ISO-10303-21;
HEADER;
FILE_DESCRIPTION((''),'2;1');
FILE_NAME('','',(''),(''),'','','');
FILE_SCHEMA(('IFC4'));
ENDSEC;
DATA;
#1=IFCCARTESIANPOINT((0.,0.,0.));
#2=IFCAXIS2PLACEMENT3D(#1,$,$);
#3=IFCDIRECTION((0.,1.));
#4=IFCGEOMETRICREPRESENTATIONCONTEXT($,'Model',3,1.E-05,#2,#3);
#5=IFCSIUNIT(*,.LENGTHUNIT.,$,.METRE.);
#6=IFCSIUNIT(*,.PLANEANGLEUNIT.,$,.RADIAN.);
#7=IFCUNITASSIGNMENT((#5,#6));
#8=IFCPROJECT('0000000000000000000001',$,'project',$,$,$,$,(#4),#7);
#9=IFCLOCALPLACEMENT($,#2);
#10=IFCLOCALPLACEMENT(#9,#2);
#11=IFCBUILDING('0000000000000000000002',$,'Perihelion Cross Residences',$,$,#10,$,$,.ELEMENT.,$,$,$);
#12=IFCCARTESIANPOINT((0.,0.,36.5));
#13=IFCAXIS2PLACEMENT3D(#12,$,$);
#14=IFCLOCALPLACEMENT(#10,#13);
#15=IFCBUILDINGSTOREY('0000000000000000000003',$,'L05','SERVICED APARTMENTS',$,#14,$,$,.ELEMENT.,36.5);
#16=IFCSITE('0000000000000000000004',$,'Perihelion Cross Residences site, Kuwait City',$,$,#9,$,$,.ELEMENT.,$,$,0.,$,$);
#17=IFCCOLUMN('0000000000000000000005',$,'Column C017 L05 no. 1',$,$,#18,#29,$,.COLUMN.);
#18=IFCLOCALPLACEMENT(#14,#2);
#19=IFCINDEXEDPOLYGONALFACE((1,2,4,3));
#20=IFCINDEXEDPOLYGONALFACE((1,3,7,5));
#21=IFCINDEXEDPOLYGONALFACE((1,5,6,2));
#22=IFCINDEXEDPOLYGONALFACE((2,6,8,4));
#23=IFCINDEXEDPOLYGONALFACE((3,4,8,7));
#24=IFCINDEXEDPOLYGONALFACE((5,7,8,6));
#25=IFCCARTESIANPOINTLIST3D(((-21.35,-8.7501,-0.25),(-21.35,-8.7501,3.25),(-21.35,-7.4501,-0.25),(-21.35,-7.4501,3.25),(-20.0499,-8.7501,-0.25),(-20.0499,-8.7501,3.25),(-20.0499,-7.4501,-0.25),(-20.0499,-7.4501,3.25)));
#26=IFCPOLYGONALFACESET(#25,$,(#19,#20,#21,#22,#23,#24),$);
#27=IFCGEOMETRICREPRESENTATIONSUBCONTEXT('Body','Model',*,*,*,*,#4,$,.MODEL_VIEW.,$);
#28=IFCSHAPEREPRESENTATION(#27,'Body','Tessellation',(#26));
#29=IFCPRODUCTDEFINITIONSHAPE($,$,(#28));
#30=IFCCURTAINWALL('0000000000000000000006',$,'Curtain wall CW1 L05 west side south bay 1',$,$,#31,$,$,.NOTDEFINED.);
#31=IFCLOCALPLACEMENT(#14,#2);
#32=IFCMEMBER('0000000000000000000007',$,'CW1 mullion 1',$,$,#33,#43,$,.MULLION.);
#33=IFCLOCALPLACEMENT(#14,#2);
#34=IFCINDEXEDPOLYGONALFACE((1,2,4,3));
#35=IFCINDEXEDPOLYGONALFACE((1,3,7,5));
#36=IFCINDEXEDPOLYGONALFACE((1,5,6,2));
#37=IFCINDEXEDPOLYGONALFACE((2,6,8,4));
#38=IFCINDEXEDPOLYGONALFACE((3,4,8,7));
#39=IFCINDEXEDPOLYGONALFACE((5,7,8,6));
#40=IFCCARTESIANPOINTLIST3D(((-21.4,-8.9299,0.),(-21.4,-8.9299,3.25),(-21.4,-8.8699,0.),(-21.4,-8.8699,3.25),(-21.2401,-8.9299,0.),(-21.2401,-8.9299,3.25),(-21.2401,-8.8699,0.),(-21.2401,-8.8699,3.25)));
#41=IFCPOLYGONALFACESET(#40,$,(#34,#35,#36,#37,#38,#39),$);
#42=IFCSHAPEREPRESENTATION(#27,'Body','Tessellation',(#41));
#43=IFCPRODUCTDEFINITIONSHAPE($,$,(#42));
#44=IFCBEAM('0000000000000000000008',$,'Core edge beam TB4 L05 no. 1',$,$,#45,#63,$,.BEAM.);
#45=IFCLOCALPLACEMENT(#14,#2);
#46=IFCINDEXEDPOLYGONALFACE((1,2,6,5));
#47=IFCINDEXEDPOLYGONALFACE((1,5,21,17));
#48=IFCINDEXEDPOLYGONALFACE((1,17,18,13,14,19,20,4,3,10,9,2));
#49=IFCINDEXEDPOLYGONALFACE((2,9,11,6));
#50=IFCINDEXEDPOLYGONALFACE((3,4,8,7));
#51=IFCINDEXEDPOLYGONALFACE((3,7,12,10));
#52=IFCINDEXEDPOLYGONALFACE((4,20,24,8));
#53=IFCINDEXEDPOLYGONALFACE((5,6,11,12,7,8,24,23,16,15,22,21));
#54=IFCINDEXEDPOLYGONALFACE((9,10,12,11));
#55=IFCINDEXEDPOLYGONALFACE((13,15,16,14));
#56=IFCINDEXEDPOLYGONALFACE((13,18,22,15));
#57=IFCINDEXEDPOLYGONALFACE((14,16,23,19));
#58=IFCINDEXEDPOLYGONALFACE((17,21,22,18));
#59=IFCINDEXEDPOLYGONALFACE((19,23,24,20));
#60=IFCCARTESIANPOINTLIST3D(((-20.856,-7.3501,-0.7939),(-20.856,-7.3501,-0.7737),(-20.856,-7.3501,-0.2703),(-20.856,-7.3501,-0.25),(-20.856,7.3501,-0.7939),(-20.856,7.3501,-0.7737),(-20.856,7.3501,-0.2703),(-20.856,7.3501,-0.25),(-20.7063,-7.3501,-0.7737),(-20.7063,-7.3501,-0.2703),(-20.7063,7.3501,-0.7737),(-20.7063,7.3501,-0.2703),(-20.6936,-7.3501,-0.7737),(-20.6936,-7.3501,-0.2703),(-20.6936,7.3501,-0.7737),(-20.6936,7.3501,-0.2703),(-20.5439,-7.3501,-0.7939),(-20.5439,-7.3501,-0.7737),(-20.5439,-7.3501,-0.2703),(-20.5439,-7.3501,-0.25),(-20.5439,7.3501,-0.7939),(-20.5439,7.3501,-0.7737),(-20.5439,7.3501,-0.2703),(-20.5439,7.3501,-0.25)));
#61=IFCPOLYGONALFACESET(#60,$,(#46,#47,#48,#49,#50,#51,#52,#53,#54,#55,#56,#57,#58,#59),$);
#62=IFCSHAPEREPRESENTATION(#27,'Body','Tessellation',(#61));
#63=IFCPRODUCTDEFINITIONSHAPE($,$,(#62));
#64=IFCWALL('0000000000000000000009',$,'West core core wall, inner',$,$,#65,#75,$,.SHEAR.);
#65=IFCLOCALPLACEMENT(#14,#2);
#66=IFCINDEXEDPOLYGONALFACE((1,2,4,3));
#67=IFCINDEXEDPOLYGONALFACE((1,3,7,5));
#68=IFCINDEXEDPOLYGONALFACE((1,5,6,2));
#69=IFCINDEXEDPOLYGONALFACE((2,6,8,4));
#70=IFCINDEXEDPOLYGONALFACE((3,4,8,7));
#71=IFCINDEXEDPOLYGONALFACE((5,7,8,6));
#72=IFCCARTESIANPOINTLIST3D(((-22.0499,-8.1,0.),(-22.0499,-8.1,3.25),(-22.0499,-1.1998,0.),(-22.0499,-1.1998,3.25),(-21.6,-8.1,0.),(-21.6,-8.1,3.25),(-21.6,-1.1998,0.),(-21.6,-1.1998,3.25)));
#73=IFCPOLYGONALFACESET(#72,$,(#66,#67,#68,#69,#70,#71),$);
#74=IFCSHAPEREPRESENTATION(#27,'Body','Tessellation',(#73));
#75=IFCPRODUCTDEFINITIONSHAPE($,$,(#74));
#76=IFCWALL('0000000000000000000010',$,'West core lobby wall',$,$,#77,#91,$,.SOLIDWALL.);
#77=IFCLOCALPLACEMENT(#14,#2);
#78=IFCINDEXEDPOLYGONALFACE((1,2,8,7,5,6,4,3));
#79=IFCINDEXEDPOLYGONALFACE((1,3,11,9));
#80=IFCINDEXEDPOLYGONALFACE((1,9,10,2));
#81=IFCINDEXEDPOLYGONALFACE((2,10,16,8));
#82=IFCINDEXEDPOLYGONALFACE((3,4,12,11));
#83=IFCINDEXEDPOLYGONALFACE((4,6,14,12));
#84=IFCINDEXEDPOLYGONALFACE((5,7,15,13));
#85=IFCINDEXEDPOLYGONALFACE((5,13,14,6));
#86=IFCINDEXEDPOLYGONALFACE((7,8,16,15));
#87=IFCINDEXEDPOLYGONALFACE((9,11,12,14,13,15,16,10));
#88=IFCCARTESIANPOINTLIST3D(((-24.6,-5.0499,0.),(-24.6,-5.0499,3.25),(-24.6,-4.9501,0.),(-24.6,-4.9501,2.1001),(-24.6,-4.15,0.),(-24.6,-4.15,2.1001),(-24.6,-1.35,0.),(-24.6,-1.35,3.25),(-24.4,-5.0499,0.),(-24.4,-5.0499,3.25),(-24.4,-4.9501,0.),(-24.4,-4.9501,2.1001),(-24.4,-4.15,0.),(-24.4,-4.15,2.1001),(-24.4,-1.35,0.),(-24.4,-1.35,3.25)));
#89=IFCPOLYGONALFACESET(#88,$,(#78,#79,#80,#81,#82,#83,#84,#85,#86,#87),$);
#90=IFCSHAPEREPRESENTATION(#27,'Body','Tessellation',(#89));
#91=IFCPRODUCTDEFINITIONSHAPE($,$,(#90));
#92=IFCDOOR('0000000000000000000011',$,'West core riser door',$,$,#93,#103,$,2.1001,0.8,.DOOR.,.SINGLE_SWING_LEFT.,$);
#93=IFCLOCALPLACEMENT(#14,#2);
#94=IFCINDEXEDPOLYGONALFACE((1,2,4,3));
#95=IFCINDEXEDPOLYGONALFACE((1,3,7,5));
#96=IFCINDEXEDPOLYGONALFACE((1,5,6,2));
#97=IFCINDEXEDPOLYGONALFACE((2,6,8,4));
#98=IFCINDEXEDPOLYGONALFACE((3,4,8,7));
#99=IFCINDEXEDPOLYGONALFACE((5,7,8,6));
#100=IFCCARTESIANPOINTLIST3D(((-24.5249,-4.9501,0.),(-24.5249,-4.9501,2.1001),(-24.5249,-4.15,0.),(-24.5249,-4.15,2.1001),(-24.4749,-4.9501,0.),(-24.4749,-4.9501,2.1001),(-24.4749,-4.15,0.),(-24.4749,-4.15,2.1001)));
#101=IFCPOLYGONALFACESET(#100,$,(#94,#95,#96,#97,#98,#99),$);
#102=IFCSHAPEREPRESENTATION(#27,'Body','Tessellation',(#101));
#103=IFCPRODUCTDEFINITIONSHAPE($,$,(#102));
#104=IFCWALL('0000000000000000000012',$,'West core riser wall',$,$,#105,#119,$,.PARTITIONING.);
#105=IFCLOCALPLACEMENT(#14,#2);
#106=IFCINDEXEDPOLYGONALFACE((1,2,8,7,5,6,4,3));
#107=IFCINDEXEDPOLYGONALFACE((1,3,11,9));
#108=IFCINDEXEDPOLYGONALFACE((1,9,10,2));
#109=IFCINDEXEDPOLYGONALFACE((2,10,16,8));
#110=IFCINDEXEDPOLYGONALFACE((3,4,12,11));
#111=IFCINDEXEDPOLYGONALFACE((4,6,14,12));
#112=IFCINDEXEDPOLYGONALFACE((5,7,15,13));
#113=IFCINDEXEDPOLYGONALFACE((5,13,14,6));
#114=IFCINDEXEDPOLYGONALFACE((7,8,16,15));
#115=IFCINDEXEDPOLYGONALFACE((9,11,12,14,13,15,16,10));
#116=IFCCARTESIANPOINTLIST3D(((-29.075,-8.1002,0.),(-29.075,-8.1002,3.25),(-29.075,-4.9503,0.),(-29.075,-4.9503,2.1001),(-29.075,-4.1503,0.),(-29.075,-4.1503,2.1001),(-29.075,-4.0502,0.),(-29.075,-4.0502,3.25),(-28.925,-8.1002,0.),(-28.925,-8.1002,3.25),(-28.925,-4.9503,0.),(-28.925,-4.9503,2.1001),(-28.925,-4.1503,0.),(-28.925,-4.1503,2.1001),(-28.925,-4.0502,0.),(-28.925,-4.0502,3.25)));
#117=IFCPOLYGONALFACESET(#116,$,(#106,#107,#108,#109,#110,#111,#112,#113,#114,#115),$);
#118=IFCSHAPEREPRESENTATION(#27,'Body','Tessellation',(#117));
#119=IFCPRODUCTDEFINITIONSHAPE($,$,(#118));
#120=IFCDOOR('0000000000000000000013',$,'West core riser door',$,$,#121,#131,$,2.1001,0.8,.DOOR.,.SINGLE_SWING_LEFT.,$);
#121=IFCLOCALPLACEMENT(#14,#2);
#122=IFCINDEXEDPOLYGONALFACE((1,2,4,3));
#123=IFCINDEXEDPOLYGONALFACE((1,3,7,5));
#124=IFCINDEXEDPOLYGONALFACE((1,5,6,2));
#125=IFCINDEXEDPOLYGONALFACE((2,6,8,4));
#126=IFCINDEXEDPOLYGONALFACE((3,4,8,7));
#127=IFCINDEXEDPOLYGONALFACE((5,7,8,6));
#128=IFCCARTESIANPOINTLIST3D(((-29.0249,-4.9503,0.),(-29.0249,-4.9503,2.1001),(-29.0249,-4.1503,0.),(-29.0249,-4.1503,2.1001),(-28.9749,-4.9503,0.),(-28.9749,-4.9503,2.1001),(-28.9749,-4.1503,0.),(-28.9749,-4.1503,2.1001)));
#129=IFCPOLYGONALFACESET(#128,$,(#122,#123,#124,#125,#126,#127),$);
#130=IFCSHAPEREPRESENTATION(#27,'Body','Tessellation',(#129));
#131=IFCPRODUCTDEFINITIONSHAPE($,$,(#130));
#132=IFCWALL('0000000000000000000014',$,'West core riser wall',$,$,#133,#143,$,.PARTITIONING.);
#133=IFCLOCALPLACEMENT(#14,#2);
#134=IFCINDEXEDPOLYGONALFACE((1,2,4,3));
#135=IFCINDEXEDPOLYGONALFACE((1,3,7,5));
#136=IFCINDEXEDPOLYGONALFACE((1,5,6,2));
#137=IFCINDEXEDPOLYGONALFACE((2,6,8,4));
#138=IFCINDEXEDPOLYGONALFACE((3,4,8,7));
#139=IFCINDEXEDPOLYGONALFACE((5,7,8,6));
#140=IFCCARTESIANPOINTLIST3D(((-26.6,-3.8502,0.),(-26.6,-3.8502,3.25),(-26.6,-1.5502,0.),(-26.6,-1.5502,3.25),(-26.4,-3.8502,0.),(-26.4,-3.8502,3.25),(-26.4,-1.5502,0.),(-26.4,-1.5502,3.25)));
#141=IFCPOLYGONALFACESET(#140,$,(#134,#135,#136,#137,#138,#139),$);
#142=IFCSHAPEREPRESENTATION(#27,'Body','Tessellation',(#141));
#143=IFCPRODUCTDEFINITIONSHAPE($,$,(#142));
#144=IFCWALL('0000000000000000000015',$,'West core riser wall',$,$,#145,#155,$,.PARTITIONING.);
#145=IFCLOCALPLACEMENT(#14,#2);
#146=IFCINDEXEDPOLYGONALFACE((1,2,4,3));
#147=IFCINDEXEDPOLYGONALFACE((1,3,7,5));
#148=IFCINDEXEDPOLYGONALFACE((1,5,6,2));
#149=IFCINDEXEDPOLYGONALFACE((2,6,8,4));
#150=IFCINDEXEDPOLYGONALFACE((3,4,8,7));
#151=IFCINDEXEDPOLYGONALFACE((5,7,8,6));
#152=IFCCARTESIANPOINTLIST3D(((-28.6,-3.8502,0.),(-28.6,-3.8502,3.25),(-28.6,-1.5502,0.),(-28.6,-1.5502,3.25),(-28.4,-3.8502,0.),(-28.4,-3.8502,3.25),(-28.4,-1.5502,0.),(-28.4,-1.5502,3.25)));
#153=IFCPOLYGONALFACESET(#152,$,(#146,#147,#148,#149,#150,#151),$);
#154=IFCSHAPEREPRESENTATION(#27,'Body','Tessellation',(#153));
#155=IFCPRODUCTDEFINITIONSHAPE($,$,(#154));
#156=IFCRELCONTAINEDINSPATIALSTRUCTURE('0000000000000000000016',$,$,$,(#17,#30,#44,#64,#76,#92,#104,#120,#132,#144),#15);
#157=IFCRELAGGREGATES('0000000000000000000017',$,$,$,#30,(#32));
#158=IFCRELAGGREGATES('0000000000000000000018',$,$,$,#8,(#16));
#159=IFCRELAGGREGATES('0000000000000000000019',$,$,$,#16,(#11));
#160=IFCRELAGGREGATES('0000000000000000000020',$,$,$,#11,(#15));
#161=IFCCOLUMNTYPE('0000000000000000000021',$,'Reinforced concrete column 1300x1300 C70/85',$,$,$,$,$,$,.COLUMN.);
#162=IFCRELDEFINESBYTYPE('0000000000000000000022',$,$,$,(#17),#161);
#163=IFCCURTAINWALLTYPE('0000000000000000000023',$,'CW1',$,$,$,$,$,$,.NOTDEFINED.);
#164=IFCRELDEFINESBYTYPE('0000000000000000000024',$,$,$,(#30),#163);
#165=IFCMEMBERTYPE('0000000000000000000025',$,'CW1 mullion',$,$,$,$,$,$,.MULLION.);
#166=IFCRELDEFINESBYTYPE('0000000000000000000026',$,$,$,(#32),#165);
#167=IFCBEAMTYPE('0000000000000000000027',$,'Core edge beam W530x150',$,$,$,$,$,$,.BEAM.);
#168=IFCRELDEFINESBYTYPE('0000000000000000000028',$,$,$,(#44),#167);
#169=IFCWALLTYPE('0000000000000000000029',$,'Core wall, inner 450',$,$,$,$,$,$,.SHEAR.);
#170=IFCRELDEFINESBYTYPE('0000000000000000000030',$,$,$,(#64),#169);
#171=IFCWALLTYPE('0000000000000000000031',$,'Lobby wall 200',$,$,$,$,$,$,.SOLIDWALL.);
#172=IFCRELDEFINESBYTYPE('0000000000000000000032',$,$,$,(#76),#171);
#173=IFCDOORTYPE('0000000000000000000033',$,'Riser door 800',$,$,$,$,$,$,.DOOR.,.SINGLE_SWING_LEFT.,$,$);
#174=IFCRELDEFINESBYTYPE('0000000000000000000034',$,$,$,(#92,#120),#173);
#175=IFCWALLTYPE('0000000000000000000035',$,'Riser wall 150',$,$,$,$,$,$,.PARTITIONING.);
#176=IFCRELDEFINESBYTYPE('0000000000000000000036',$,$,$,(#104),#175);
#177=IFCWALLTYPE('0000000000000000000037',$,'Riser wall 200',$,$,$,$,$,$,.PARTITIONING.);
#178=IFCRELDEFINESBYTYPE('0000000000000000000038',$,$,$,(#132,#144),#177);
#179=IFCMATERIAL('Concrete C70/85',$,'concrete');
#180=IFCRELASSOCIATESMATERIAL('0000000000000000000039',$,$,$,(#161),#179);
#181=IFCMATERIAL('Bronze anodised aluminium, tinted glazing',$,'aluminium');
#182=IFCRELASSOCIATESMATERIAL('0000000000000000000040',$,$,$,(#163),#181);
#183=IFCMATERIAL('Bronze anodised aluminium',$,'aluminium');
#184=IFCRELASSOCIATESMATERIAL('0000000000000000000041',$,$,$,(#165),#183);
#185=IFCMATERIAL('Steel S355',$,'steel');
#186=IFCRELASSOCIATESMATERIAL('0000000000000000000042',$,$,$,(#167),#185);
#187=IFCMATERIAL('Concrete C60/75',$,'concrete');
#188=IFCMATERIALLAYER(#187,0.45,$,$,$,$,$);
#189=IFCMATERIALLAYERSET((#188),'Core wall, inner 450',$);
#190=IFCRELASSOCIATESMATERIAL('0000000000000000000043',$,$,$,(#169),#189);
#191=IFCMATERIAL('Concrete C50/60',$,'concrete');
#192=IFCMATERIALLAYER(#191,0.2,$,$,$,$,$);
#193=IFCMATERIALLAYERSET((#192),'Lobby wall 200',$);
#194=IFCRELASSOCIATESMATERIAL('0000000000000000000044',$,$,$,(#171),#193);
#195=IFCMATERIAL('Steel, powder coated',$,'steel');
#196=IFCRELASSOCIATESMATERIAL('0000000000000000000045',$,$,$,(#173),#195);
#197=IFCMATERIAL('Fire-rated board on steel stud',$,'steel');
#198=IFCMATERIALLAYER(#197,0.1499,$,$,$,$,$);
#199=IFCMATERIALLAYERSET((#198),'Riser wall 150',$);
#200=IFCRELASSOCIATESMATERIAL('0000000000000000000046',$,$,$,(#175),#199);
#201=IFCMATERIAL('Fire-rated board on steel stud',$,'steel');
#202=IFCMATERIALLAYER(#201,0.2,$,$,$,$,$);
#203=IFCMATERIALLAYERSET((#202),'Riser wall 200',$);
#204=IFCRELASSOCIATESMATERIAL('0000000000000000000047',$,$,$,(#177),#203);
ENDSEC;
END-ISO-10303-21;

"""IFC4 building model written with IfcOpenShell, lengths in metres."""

from ifc_helpers import new_model, si_unit, direction, frame, frame_2d, origin, origin_2d, place, context, subcontext, project, spatial, rectangle, i_section, extrude, material, layer, layer_set, material_profile, profile_set, type_object, element, fill, aggregate, save


model = new_model("IFC4")

# Units and contexts
model_context = context("Model", 3, precision=1e-05, world=origin(), true_north=direction((0.0, 1.0)))
body_context = subcontext(model_context, "Body", "Model", "MODEL_VIEW")
ifc_project = project(units=[si_unit("LENGTHUNIT", "METRE"), si_unit("PLANEANGLEUNIT", "RADIAN")], contexts=[model_context])

# Site, building, storey
site_placement = place(None, origin())
site = spatial("IfcSite", under=ifc_project, at=site_placement, Name="Perihelion Cross Residences site, Kuwait City", CompositionType="ELEMENT", RefElevation=0.0)
building_placement = place(site_placement, origin())
building = spatial("IfcBuilding", under=site, at=building_placement, Name="Perihelion Cross Residences", CompositionType="ELEMENT")
storey_placement = place(building_placement, frame((0.0, 0.0, 36.5)))
storey = spatial("IfcBuildingStorey", under=building, at=storey_placement, Name="L05", Description="SERVICED APARTMENTS", CompositionType="ELEMENT", Elevation=36.5)

# Column
ifc_material_1 = material(Name="Concrete C70/85", Category="concrete")
ifc_material_profile_1 = material_profile(ifc_material_1, rectangle(XDim=1.3, YDim=1.3, at=origin_2d()), Name="RC 1300x1300")
ifc_profile_set_1 = profile_set([ifc_material_profile_1], Name="Concrete C70/85")
column_type = type_object("IfcColumnType", Name="Reinforced concrete column 1300x1300 C70/85", PredefinedType="COLUMN", material=ifc_profile_set_1)
column_placement = place(storey_placement, frame((-20.7, -8.1001, -0.25), z_axis=(0.0, 0.0, 1.0), x_axis=(1.0, 0.0, 0.0)))
element("IfcColumn", 1, at=column_placement, inside=storey, type_object=column_type, Name="Column C017 L05 no. 1", PredefinedType="COLUMN", context=body_context, shape_type="SweptSolid", body=[
    extrude(rectangle(XDim=1.3, YDim=1.3, at=origin_2d()), origin(), (0.0, 0.0, 1.0), 3.5),
])

# Curtain wall, member
ifc_material_2 = material(Name="Bronze anodised aluminium, tinted glazing", Category="aluminium")
curtain_wall_type = type_object("IfcCurtainWallType", Name="CW1", PredefinedType="NOTDEFINED", material=ifc_material_2)
curtain_wall_placement = place(storey_placement, origin())
curtain_wall = element("IfcCurtainWall", 2, at=curtain_wall_placement, inside=storey, type_object=curtain_wall_type, Name="Curtain wall CW1 L05 west side south bay 1", PredefinedType="NOTDEFINED")
ifc_material_3 = material(Name="Bronze anodised aluminium", Category="aluminium")
ifc_material_profile_2 = material_profile(ifc_material_3, rectangle(XDim=0.0601, YDim=0.1599, at=origin_2d()), Name="CW1 mullion")
ifc_profile_set_2 = profile_set([ifc_material_profile_2], Name="Bronze anodised aluminium")
member_type = type_object("IfcMemberType", Name="CW1 mullion", PredefinedType="MULLION", material=ifc_profile_set_2)
member_placement = place(storey_placement, frame((-21.3201, -8.8999, 0.0), z_axis=(0.0, 0.0, 1.0), x_axis=(0.0, 1.0, 0.0)))
member = element("IfcMember", 3, at=member_placement, type_object=member_type, Name="CW1 mullion 1", PredefinedType="MULLION", context=body_context, shape_type="SweptSolid", body=[
    extrude(rectangle(XDim=0.0601, YDim=0.1599, at=origin_2d()), origin(), (0.0, 0.0, 1.0), 3.25),
])
aggregate(curtain_wall, [member])

# Beam
ifc_material_4 = material(Name="Steel S355", Category="steel")
ifc_material_profile_3 = material_profile(ifc_material_4, i_section(OverallWidth=0.312, OverallDepth=0.5439, WebThickness=0.0127, FlangeThickness=0.0203, at=origin_2d()), Name="W530x150")
ifc_profile_set_3 = profile_set([ifc_material_profile_3], Name="Steel S355")
beam_type = type_object("IfcBeamType", Name="Core edge beam W530x150", PredefinedType="BEAM", material=ifc_profile_set_3)
beam_placement = place(storey_placement, frame((-20.7, -7.3501, -0.522), z_axis=(0.0, 1.0, 0.0), x_axis=(-1.0, 0.0, 0.0)))
element("IfcBeam", 4, at=beam_placement, inside=storey, type_object=beam_type, Name="Core edge beam TB4 L05 no. 1", PredefinedType="BEAM", context=body_context, shape_type="SweptSolid", body=[
    extrude(i_section(OverallWidth=0.312, OverallDepth=0.5439, WebThickness=0.0127, FlangeThickness=0.0203, at=origin_2d()), origin(), (0.0, 0.0, 1.0), 14.7002),
])

# Wall
ifc_material_5 = material(Name="Concrete C60/75", Category="concrete")
ifc_layer_1 = layer(ifc_material_5, 0.45)
ifc_layer_set_1 = layer_set([ifc_layer_1], Name="Core wall, inner 450")
wall_type_1 = type_object("IfcWallType", Name="Core wall, inner 450", PredefinedType="SHEAR", material=ifc_layer_set_1)
wall_1_placement = place(storey_placement, frame((-21.825, -8.1001, 0.0), z_axis=(0.0, 0.0, 1.0), x_axis=(0.0, 1.0, 0.0)))
element("IfcWall", 5, at=wall_1_placement, inside=storey, type_object=wall_type_1, Name="West core core wall, inner", PredefinedType="SHEAR", context=body_context, shape_type="SweptSolid", body=[
    extrude(rectangle(XDim=6.9001, YDim=0.45, at=frame_2d((3.4502, 0.0))), origin(), (0.0, 0.0, 1.0), 3.25),
])

# Walls, openings, doors
ifc_material_6 = material(Name="Concrete C50/60", Category="concrete")
ifc_layer_2 = layer(ifc_material_6, 0.2)
ifc_layer_set_2 = layer_set([ifc_layer_2], Name="Lobby wall 200")
wall_type_2 = type_object("IfcWallType", Name="Lobby wall 200", PredefinedType="SOLIDWALL", material=ifc_layer_set_2)
wall_2_placement = place(storey_placement, frame((-24.5, -5.05, 0.0), z_axis=(0.0, 0.0, 1.0), x_axis=(0.0, 1.0, 0.0)))
wall_2 = element("IfcWall", 6, at=wall_2_placement, inside=storey, type_object=wall_type_2, Name="West core lobby wall", PredefinedType="SOLIDWALL", context=body_context, shape_type="SweptSolid", body=[
    extrude(rectangle(XDim=3.7, YDim=0.2, at=frame_2d((1.8501, 0.0))), origin(), (0.0, 0.0, 1.0), 3.25),
])
opening_1_placement = place(wall_2_placement, frame((0.1001, 0.0, 0.0)))
opening_1 = element("IfcOpeningElement", 7, at=opening_1_placement, cuts=wall_2, PredefinedType="OPENING", context=body_context, shape_type="SweptSolid", body=[
    extrude(rectangle(XDim=0.8, YDim=2.1001, at=frame_2d((0.3999, 1.05))), frame((0.0, 0.1099, 0.0), z_axis=(0.0, -1.0, 0.0), x_axis=(1.0, 0.0, 0.0)), (0.0, 0.0, 1.0), 0.22),
])
ifc_material_7 = material(Name="Steel, powder coated", Category="steel")
door_type_1 = type_object("IfcDoorType", Name="Riser door 800", OperationType="SINGLE_SWING_LEFT", PredefinedType="DOOR", material=ifc_material_7)
door_1_placement = place(opening_1_placement, origin())
door_1 = element("IfcDoor", 8, at=door_1_placement, inside=storey, type_object=door_type_1, Name="West core riser door", OperationType="SINGLE_SWING_LEFT", OverallHeight=2.1001, OverallWidth=0.8, PredefinedType="DOOR", context=body_context, shape_type="SweptSolid", body=[
    extrude(rectangle(XDim=0.8, YDim=2.1001, at=frame_2d((0.3999, 1.05))), frame((0.0, 0.0249, 0.0), z_axis=(0.0, -1.0, 0.0), x_axis=(1.0, 0.0, 0.0)), (0.0, 0.0, 1.0), 0.05),
])
fill(opening_1, door_1)
ifc_material_8 = material(Name="Fire-rated board on steel stud", Category="steel")
ifc_layer_3 = layer(ifc_material_8, 0.1499)
ifc_layer_set_3 = layer_set([ifc_layer_3], Name="Riser wall 150")
wall_type_3 = type_object("IfcWallType", Name="Riser wall 150", PredefinedType="PARTITIONING", material=ifc_layer_set_3)
wall_3_placement = place(storey_placement, frame((-29.0, -8.1001, 0.0), z_axis=(0.0, 0.0, 1.0), x_axis=(0.0, 1.0, 0.0)))
wall_3 = element("IfcWall", 9, at=wall_3_placement, inside=storey, type_object=wall_type_3, Name="West core riser wall", PredefinedType="PARTITIONING", context=body_context, shape_type="SweptSolid", body=[
    extrude(rectangle(XDim=4.05, YDim=0.1499, at=frame_2d((2.0249, 0.0))), origin(), (0.0, 0.0, 1.0), 3.25),
])
opening_2_placement = place(wall_3_placement, frame((3.1499, 0.0, 0.0)))
opening_2 = element("IfcOpeningElement", 10, at=opening_2_placement, cuts=wall_3, PredefinedType="OPENING", context=body_context, shape_type="SweptSolid", body=[
    extrude(rectangle(XDim=0.8, YDim=2.1001, at=frame_2d((0.3999, 1.05))), frame((0.0, 0.085, 0.0), z_axis=(0.0, -1.0, 0.0), x_axis=(1.0, 0.0, 0.0)), (0.0, 0.0, 1.0), 0.1699),
])
door_2_placement = place(opening_2_placement, origin())
door_2 = element("IfcDoor", 11, at=door_2_placement, inside=storey, type_object=door_type_1, Name="West core riser door", OperationType="SINGLE_SWING_LEFT", OverallHeight=2.1001, OverallWidth=0.8, PredefinedType="DOOR", context=body_context, shape_type="SweptSolid", body=[
    extrude(rectangle(XDim=0.8, YDim=2.1001, at=frame_2d((0.3999, 1.05))), frame((0.0, 0.0249, 0.0), z_axis=(0.0, -1.0, 0.0), x_axis=(1.0, 0.0, 0.0)), (0.0, 0.0, 1.0), 0.05),
])
fill(opening_2, door_2)

# Walls
ifc_material_9 = material(Name="Fire-rated board on steel stud", Category="steel")
ifc_layer_4 = layer(ifc_material_9, 0.2)
ifc_layer_set_4 = layer_set([ifc_layer_4], Name="Riser wall 200")
wall_type_4 = type_object("IfcWallType", Name="Riser wall 200", PredefinedType="PARTITIONING", material=ifc_layer_set_4)
for number, where, z_axis, x_axis, name in (
    (12, (-26.5, -3.8501, 0.0), (0.0, 0.0, 1.0), (0.0, 1.0, 0.0), "West core riser wall"),
    (13, (-28.5, -3.8501, 0.0), (0.0, 0.0, 1.0), (0.0, 1.0, 0.0), "West core riser wall"),
):
    element("IfcWall", number, at=place(storey_placement, frame(where, z_axis=z_axis, x_axis=x_axis)), inside=storey, type_object=wall_type_4, Name=name, PredefinedType="PARTITIONING", context=body_context, shape_type="SweptSolid", body=[
        extrude(rectangle(XDim=2.3, YDim=0.2, at=frame_2d((1.1499, 0.0))), origin(), (0.0, 0.0, 1.0), 3.25),
    ])

save(model, "model.ifc")
